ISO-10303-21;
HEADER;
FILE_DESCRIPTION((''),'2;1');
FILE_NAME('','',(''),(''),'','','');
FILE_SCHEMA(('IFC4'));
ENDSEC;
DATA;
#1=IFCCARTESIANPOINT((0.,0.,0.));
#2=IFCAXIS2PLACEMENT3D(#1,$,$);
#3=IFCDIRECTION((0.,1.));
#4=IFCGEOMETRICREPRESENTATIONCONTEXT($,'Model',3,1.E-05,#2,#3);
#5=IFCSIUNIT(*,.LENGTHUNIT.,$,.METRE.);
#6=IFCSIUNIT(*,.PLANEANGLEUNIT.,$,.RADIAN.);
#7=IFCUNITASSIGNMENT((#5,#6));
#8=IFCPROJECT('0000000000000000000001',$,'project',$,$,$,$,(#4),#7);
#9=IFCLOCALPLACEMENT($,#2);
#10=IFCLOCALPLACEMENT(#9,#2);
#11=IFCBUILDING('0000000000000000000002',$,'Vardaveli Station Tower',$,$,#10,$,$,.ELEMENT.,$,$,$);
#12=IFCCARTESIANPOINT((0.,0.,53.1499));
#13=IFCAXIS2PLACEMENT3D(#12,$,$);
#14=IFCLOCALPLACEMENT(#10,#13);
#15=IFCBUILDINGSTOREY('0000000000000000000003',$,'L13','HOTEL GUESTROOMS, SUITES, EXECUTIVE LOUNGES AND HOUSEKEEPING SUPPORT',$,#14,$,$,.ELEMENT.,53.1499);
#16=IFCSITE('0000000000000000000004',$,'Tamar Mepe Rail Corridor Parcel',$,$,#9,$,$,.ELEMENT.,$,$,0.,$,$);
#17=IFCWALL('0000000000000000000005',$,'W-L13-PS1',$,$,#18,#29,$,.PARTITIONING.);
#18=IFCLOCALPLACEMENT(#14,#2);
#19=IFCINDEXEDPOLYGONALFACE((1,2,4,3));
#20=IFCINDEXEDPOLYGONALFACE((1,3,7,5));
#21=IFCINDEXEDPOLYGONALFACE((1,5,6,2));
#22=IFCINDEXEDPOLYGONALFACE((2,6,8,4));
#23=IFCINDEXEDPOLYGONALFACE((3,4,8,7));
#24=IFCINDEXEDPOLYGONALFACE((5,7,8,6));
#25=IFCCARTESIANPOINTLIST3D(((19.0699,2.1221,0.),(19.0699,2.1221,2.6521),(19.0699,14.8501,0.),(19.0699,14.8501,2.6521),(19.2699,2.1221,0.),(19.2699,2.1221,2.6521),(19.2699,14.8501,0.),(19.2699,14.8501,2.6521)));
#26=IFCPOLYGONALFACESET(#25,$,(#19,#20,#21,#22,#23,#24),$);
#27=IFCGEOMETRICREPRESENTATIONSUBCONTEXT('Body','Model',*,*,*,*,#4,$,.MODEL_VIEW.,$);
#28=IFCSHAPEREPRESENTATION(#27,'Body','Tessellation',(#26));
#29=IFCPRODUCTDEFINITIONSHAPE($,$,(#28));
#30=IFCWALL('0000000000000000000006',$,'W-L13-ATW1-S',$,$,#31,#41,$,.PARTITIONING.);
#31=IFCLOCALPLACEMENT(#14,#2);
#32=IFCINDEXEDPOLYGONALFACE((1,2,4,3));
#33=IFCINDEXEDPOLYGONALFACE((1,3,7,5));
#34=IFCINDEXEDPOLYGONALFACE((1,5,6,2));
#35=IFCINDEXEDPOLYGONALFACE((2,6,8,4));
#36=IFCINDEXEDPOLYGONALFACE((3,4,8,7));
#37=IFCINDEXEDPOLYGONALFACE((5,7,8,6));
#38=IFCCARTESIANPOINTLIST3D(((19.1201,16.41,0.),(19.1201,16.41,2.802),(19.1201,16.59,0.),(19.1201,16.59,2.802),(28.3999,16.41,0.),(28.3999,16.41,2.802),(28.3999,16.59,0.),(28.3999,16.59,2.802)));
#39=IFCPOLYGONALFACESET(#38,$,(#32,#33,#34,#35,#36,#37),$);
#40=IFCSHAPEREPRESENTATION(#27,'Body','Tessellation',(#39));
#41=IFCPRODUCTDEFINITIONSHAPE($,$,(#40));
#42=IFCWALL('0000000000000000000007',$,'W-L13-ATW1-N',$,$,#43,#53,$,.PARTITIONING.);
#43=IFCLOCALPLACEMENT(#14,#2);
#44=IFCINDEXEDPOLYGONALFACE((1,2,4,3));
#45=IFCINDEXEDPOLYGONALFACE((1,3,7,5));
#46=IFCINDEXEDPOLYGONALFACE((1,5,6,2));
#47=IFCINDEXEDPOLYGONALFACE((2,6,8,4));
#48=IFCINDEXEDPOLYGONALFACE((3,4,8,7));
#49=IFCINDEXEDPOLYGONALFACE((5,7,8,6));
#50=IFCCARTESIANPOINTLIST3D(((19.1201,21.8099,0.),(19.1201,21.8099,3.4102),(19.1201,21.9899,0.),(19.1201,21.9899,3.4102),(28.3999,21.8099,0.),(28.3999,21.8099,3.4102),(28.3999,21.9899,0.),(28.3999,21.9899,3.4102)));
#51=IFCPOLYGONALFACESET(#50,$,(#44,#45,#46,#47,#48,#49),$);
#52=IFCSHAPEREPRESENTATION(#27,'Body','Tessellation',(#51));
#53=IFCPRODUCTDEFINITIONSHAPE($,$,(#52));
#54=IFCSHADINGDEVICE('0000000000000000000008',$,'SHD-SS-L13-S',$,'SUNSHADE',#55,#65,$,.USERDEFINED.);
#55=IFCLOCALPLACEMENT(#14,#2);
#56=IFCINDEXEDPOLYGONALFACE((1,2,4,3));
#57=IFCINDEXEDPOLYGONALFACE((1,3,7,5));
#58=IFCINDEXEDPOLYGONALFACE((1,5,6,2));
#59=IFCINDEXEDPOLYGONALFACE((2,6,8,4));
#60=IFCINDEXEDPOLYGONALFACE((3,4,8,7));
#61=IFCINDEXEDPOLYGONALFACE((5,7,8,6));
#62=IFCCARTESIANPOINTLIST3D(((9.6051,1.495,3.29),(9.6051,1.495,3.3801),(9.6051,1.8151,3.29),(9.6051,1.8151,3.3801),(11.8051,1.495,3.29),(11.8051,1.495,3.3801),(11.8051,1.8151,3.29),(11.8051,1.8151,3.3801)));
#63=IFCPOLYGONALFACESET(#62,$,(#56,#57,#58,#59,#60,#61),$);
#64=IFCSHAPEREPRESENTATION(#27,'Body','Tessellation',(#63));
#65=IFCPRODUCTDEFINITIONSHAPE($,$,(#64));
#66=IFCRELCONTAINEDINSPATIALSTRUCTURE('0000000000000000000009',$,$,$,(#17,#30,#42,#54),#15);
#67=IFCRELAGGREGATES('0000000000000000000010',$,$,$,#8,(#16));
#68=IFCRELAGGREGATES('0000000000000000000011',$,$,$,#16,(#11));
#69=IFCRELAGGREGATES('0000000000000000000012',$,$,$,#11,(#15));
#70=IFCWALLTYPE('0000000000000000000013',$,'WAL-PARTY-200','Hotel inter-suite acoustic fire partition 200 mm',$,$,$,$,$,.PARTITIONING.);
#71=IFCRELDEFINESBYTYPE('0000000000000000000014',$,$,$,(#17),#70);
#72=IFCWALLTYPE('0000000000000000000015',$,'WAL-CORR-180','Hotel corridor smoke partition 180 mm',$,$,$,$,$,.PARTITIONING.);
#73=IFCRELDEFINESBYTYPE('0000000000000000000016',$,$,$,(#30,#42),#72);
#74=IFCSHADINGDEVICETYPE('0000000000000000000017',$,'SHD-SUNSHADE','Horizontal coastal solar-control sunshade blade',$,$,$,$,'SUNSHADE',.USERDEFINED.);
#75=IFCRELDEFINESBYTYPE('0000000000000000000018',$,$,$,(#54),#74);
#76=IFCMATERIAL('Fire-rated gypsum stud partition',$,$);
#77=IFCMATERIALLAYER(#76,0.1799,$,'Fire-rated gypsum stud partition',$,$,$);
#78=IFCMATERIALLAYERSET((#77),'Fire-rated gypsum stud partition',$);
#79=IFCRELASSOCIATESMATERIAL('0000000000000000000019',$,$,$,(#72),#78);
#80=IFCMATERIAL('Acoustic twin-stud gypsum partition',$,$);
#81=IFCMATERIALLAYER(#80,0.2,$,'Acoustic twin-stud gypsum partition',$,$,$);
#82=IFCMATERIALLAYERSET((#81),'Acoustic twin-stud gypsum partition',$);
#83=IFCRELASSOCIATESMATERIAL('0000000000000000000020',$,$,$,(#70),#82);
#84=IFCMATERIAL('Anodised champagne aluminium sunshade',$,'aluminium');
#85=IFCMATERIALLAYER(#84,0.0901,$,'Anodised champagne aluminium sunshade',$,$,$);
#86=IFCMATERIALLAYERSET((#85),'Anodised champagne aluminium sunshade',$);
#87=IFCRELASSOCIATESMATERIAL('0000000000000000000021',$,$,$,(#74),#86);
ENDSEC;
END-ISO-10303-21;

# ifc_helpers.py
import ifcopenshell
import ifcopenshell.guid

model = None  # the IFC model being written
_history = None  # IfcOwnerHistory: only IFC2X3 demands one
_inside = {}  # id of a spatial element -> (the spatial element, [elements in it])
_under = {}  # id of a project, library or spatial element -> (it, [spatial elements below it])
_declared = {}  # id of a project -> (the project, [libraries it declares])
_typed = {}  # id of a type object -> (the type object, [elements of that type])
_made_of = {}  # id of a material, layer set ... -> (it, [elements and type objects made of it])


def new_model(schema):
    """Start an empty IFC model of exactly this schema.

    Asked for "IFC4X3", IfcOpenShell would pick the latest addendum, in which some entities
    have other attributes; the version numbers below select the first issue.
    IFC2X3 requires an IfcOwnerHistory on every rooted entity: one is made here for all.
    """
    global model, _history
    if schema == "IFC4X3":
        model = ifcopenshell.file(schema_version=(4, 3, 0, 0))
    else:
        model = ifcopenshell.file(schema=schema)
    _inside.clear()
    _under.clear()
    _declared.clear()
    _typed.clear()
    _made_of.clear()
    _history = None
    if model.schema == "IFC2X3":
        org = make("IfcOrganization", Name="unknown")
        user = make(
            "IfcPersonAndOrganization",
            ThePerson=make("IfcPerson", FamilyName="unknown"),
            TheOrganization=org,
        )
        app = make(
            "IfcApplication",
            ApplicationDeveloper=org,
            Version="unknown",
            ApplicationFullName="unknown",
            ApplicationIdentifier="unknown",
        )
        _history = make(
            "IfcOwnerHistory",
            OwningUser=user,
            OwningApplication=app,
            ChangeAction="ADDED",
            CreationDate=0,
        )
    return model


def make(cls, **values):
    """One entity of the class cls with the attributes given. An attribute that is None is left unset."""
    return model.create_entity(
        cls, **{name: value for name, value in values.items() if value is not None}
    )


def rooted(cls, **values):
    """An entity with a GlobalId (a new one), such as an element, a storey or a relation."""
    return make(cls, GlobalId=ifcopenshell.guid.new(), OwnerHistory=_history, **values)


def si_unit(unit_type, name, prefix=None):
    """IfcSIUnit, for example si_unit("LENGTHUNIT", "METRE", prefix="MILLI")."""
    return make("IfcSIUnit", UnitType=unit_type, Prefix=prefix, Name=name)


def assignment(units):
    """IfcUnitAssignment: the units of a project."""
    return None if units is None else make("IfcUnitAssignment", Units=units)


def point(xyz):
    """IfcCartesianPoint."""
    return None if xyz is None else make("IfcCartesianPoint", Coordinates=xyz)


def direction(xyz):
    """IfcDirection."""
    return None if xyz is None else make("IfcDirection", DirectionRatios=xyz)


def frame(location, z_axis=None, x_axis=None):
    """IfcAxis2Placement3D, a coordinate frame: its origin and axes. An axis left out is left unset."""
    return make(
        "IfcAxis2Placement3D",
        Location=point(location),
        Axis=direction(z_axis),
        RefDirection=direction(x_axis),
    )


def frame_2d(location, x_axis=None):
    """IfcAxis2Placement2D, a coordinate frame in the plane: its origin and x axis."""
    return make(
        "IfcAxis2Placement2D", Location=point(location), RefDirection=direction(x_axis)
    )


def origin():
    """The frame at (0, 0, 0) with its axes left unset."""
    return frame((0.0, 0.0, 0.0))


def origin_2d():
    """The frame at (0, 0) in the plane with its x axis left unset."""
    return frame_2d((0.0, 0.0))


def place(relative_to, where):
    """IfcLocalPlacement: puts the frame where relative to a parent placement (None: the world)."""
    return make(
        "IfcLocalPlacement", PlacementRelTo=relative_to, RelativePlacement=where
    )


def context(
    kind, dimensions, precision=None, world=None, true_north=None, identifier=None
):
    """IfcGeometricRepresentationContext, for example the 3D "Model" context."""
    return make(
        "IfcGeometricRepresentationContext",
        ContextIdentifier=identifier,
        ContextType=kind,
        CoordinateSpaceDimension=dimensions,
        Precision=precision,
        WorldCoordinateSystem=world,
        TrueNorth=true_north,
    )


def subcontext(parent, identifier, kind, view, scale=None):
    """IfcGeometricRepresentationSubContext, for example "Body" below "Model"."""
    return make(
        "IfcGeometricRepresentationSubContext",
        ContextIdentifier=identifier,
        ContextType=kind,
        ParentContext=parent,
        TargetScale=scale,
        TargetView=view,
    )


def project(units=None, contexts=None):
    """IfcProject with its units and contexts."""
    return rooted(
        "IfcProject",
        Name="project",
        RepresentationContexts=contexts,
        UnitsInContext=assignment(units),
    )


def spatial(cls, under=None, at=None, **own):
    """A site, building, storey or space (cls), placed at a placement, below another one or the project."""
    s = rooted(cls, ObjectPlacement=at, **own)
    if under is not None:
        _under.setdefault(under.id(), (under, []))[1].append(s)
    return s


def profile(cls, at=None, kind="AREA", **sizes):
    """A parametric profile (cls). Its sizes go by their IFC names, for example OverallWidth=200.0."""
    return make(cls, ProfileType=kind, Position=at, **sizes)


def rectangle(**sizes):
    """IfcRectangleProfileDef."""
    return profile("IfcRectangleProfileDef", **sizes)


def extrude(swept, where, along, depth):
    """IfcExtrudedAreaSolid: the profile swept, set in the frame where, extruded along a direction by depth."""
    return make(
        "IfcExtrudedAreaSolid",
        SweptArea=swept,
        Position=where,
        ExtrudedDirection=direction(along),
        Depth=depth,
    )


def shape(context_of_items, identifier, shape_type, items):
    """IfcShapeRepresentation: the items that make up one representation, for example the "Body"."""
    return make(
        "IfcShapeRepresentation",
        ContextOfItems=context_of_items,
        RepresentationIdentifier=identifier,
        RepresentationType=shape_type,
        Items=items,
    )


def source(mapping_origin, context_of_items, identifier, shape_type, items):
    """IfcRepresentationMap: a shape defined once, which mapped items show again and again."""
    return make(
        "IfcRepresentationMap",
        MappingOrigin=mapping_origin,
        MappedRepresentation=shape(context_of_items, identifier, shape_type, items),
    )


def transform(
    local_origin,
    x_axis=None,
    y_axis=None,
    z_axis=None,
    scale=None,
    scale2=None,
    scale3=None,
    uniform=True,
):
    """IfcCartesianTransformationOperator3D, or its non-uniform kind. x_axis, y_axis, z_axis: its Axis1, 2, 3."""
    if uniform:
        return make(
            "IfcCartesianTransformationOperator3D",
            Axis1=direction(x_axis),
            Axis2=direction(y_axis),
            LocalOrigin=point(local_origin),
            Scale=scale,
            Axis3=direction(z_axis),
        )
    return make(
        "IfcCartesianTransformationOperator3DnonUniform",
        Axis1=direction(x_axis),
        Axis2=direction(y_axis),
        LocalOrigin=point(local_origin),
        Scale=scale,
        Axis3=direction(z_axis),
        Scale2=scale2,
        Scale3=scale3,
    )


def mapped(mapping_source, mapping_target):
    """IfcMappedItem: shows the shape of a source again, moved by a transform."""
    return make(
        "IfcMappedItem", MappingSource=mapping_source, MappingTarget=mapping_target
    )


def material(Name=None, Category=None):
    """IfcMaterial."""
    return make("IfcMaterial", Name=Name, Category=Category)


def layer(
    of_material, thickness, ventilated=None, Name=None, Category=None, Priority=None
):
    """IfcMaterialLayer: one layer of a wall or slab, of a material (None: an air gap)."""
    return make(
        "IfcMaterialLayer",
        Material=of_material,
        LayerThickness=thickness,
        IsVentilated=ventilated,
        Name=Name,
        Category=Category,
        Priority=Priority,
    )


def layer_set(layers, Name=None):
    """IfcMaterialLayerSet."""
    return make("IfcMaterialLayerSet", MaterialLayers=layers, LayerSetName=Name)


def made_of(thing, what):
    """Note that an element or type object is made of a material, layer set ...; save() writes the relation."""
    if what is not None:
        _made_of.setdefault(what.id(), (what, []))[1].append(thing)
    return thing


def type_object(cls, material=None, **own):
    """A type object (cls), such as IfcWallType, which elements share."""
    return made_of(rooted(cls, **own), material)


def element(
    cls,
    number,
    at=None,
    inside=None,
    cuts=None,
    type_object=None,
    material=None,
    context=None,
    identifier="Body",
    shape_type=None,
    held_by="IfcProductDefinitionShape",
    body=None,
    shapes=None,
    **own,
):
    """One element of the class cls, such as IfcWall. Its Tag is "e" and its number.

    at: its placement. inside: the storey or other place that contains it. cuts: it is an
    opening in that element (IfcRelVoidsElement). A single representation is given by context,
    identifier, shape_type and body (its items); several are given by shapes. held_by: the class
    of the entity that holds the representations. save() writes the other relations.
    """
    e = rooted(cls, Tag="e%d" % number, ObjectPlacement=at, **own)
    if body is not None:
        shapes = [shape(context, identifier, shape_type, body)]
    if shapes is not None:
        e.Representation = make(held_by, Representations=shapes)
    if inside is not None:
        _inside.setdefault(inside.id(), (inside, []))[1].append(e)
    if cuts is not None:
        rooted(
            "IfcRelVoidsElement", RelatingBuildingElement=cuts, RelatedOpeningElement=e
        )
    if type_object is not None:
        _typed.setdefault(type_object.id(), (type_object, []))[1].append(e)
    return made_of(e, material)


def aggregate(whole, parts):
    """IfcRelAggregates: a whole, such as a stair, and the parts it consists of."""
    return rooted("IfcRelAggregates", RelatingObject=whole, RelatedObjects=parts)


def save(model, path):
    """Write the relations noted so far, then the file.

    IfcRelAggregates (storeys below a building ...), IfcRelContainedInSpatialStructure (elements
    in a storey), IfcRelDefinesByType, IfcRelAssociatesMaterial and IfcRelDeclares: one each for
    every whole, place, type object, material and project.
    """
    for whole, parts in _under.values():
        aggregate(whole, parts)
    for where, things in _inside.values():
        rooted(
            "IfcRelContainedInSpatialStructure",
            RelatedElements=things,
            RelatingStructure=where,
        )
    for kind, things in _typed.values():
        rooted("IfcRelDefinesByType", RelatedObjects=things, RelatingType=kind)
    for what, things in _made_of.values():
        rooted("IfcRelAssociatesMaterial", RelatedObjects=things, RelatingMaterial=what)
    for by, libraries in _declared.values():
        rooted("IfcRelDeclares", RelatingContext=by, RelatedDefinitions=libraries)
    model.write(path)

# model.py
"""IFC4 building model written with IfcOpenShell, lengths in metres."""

from ifc_helpers import new_model, si_unit, direction, frame, frame_2d, origin, origin_2d, place, context, subcontext, project, spatial, rectangle, extrude, source, transform, mapped, material, layer, layer_set, type_object, element, save


model = new_model("IFC4")

# Units and contexts
model_context = context("Model", 3, precision=1e-05, world=origin(), true_north=direction((0.0, 1.0)))
body_context = subcontext(model_context, "Body", "Model", "MODEL_VIEW")
ifc_project = project(units=[si_unit("LENGTHUNIT", "METRE"), si_unit("PLANEANGLEUNIT", "RADIAN")], contexts=[model_context])

# Site, building, storey
site_placement = place(None, origin())
site = spatial("IfcSite", under=ifc_project, at=site_placement, Name="Tamar Mepe Rail Corridor Parcel", CompositionType="ELEMENT", RefElevation=0.0)
building_placement = place(site_placement, origin())
building = spatial("IfcBuilding", under=site, at=building_placement, Name="Vardaveli Station Tower", CompositionType="ELEMENT")
storey_placement = place(building_placement, frame((0.0, 0.0, 53.1499)))
storey = spatial("IfcBuildingStorey", under=building, at=storey_placement, Name="L13", Description="HOTEL GUESTROOMS, SUITES, EXECUTIVE LOUNGES AND HOUSEKEEPING SUPPORT", CompositionType="ELEMENT", Elevation=53.1499)

# Shared definitions
ifc_material_1 = material(Name="Fire-rated gypsum stud partition")
ifc_layer_1 = layer(ifc_material_1, 0.1799, Name="Fire-rated gypsum stud partition")
ifc_layer_set_1 = layer_set([ifc_layer_1], Name="Fire-rated gypsum stud partition")
wall_type_1 = type_object("IfcWallType", Name="WAL-CORR-180", Description="Hotel corridor smoke partition 180 mm", PredefinedType="PARTITIONING", material=ifc_layer_set_1)

# Walls
ifc_material_2 = material(Name="Acoustic twin-stud gypsum partition")
ifc_layer_2 = layer(ifc_material_2, 0.2, Name="Acoustic twin-stud gypsum partition")
ifc_layer_set_2 = layer_set([ifc_layer_2], Name="Acoustic twin-stud gypsum partition")
wall_type_2 = type_object("IfcWallType", Name="WAL-PARTY-200", Description="Hotel inter-suite acoustic fire partition 200 mm", PredefinedType="PARTITIONING", material=ifc_layer_set_2)
shared_shape_1 = source(origin(), body_context, "Body", "SweptSolid", [
    extrude(rectangle(XDim=12.728, YDim=0.2, at=frame_2d((6.364, 0.0))), origin(), (0.0, 0.0, 1.0), 2.6521),
])
wall_1_placement = place(storey_placement, frame((19.1699, 2.1221, 0.0), z_axis=(0.0, 0.0, 1.0), x_axis=(0.0, 1.0, 0.0)))
element("IfcWall", 1, at=wall_1_placement, inside=storey, type_object=wall_type_2, Name="W-L13-PS1", PredefinedType="PARTITIONING", context=body_context, shape_type="MappedRepresentation", body=[
    mapped(shared_shape_1, transform((0.0, 0.0, 0.0), scale=1.0)),
])
shared_shape_2 = source(origin(), body_context, "Body", "SweptSolid", [
    extrude(rectangle(XDim=9.2798, YDim=0.1799, at=frame_2d((4.6399, 0.0))), origin(), (0.0, 0.0, 1.0), 2.802),
])
wall_2_placement = place(storey_placement, frame((19.1201, 16.5, 0.0), z_axis=(0.0, 0.0, 1.0), x_axis=(1.0, 0.0, 0.0)))
element("IfcWall", 2, at=wall_2_placement, inside=storey, type_object=wall_type_1, Name="W-L13-ATW1-S", PredefinedType="PARTITIONING", context=body_context, shape_type="MappedRepresentation", body=[
    mapped(shared_shape_2, transform((0.0, 0.0, 0.0), scale=1.0)),
])
shared_shape_3 = source(origin(), body_context, "Body", "SweptSolid", [
    extrude(rectangle(XDim=9.2798, YDim=0.1799, at=frame_2d((4.6399, 0.0))), origin(), (0.0, 0.0, 1.0), 3.4102),
])
wall_3_placement = place(storey_placement, frame((19.1201, 21.8999, 0.0), z_axis=(0.0, 0.0, 1.0), x_axis=(1.0, 0.0, 0.0)))
element("IfcWall", 3, at=wall_3_placement, inside=storey, type_object=wall_type_1, Name="W-L13-ATW1-N", PredefinedType="PARTITIONING", context=body_context, shape_type="MappedRepresentation", body=[
    mapped(shared_shape_3, transform((0.0, 0.0, 0.0), scale=1.0)),
])

# Shading device
ifc_material_3 = material(Name="Anodised champagne aluminium sunshade", Category="aluminium")
ifc_layer_3 = layer(ifc_material_3, 0.0901, Name="Anodised champagne aluminium sunshade")
ifc_layer_set_3 = layer_set([ifc_layer_3], Name="Anodised champagne aluminium sunshade")
shading_device_type = type_object("IfcShadingDeviceType", Name="SHD-SUNSHADE", Description="Horizontal coastal solar-control sunshade blade", ElementType="SUNSHADE", PredefinedType="USERDEFINED", material=ifc_layer_set_3)
shared_shape_4 = source(origin(), body_context, "Body", "SweptSolid", [
    extrude(rectangle(XDim=2.2, YDim=0.3201, at=origin_2d()), origin(), (0.0, 0.0, 1.0), 0.0901),
])
shading_device_placement = place(storey_placement, frame((10.7051, 1.655, 3.29), z_axis=(0.0, 0.0, 1.0), x_axis=(1.0, 0.0, 0.0)))
element("IfcShadingDevice", 4, at=shading_device_placement, inside=storey, type_object=shading_device_type, Name="SHD-SS-L13-S", ObjectType="SUNSHADE", PredefinedType="USERDEFINED", context=body_context, shape_type="MappedRepresentation", body=[
    mapped(shared_shape_4, transform((0.0, 0.0, 0.0), scale=1.0)),
])

save(model, "model.ifc")
